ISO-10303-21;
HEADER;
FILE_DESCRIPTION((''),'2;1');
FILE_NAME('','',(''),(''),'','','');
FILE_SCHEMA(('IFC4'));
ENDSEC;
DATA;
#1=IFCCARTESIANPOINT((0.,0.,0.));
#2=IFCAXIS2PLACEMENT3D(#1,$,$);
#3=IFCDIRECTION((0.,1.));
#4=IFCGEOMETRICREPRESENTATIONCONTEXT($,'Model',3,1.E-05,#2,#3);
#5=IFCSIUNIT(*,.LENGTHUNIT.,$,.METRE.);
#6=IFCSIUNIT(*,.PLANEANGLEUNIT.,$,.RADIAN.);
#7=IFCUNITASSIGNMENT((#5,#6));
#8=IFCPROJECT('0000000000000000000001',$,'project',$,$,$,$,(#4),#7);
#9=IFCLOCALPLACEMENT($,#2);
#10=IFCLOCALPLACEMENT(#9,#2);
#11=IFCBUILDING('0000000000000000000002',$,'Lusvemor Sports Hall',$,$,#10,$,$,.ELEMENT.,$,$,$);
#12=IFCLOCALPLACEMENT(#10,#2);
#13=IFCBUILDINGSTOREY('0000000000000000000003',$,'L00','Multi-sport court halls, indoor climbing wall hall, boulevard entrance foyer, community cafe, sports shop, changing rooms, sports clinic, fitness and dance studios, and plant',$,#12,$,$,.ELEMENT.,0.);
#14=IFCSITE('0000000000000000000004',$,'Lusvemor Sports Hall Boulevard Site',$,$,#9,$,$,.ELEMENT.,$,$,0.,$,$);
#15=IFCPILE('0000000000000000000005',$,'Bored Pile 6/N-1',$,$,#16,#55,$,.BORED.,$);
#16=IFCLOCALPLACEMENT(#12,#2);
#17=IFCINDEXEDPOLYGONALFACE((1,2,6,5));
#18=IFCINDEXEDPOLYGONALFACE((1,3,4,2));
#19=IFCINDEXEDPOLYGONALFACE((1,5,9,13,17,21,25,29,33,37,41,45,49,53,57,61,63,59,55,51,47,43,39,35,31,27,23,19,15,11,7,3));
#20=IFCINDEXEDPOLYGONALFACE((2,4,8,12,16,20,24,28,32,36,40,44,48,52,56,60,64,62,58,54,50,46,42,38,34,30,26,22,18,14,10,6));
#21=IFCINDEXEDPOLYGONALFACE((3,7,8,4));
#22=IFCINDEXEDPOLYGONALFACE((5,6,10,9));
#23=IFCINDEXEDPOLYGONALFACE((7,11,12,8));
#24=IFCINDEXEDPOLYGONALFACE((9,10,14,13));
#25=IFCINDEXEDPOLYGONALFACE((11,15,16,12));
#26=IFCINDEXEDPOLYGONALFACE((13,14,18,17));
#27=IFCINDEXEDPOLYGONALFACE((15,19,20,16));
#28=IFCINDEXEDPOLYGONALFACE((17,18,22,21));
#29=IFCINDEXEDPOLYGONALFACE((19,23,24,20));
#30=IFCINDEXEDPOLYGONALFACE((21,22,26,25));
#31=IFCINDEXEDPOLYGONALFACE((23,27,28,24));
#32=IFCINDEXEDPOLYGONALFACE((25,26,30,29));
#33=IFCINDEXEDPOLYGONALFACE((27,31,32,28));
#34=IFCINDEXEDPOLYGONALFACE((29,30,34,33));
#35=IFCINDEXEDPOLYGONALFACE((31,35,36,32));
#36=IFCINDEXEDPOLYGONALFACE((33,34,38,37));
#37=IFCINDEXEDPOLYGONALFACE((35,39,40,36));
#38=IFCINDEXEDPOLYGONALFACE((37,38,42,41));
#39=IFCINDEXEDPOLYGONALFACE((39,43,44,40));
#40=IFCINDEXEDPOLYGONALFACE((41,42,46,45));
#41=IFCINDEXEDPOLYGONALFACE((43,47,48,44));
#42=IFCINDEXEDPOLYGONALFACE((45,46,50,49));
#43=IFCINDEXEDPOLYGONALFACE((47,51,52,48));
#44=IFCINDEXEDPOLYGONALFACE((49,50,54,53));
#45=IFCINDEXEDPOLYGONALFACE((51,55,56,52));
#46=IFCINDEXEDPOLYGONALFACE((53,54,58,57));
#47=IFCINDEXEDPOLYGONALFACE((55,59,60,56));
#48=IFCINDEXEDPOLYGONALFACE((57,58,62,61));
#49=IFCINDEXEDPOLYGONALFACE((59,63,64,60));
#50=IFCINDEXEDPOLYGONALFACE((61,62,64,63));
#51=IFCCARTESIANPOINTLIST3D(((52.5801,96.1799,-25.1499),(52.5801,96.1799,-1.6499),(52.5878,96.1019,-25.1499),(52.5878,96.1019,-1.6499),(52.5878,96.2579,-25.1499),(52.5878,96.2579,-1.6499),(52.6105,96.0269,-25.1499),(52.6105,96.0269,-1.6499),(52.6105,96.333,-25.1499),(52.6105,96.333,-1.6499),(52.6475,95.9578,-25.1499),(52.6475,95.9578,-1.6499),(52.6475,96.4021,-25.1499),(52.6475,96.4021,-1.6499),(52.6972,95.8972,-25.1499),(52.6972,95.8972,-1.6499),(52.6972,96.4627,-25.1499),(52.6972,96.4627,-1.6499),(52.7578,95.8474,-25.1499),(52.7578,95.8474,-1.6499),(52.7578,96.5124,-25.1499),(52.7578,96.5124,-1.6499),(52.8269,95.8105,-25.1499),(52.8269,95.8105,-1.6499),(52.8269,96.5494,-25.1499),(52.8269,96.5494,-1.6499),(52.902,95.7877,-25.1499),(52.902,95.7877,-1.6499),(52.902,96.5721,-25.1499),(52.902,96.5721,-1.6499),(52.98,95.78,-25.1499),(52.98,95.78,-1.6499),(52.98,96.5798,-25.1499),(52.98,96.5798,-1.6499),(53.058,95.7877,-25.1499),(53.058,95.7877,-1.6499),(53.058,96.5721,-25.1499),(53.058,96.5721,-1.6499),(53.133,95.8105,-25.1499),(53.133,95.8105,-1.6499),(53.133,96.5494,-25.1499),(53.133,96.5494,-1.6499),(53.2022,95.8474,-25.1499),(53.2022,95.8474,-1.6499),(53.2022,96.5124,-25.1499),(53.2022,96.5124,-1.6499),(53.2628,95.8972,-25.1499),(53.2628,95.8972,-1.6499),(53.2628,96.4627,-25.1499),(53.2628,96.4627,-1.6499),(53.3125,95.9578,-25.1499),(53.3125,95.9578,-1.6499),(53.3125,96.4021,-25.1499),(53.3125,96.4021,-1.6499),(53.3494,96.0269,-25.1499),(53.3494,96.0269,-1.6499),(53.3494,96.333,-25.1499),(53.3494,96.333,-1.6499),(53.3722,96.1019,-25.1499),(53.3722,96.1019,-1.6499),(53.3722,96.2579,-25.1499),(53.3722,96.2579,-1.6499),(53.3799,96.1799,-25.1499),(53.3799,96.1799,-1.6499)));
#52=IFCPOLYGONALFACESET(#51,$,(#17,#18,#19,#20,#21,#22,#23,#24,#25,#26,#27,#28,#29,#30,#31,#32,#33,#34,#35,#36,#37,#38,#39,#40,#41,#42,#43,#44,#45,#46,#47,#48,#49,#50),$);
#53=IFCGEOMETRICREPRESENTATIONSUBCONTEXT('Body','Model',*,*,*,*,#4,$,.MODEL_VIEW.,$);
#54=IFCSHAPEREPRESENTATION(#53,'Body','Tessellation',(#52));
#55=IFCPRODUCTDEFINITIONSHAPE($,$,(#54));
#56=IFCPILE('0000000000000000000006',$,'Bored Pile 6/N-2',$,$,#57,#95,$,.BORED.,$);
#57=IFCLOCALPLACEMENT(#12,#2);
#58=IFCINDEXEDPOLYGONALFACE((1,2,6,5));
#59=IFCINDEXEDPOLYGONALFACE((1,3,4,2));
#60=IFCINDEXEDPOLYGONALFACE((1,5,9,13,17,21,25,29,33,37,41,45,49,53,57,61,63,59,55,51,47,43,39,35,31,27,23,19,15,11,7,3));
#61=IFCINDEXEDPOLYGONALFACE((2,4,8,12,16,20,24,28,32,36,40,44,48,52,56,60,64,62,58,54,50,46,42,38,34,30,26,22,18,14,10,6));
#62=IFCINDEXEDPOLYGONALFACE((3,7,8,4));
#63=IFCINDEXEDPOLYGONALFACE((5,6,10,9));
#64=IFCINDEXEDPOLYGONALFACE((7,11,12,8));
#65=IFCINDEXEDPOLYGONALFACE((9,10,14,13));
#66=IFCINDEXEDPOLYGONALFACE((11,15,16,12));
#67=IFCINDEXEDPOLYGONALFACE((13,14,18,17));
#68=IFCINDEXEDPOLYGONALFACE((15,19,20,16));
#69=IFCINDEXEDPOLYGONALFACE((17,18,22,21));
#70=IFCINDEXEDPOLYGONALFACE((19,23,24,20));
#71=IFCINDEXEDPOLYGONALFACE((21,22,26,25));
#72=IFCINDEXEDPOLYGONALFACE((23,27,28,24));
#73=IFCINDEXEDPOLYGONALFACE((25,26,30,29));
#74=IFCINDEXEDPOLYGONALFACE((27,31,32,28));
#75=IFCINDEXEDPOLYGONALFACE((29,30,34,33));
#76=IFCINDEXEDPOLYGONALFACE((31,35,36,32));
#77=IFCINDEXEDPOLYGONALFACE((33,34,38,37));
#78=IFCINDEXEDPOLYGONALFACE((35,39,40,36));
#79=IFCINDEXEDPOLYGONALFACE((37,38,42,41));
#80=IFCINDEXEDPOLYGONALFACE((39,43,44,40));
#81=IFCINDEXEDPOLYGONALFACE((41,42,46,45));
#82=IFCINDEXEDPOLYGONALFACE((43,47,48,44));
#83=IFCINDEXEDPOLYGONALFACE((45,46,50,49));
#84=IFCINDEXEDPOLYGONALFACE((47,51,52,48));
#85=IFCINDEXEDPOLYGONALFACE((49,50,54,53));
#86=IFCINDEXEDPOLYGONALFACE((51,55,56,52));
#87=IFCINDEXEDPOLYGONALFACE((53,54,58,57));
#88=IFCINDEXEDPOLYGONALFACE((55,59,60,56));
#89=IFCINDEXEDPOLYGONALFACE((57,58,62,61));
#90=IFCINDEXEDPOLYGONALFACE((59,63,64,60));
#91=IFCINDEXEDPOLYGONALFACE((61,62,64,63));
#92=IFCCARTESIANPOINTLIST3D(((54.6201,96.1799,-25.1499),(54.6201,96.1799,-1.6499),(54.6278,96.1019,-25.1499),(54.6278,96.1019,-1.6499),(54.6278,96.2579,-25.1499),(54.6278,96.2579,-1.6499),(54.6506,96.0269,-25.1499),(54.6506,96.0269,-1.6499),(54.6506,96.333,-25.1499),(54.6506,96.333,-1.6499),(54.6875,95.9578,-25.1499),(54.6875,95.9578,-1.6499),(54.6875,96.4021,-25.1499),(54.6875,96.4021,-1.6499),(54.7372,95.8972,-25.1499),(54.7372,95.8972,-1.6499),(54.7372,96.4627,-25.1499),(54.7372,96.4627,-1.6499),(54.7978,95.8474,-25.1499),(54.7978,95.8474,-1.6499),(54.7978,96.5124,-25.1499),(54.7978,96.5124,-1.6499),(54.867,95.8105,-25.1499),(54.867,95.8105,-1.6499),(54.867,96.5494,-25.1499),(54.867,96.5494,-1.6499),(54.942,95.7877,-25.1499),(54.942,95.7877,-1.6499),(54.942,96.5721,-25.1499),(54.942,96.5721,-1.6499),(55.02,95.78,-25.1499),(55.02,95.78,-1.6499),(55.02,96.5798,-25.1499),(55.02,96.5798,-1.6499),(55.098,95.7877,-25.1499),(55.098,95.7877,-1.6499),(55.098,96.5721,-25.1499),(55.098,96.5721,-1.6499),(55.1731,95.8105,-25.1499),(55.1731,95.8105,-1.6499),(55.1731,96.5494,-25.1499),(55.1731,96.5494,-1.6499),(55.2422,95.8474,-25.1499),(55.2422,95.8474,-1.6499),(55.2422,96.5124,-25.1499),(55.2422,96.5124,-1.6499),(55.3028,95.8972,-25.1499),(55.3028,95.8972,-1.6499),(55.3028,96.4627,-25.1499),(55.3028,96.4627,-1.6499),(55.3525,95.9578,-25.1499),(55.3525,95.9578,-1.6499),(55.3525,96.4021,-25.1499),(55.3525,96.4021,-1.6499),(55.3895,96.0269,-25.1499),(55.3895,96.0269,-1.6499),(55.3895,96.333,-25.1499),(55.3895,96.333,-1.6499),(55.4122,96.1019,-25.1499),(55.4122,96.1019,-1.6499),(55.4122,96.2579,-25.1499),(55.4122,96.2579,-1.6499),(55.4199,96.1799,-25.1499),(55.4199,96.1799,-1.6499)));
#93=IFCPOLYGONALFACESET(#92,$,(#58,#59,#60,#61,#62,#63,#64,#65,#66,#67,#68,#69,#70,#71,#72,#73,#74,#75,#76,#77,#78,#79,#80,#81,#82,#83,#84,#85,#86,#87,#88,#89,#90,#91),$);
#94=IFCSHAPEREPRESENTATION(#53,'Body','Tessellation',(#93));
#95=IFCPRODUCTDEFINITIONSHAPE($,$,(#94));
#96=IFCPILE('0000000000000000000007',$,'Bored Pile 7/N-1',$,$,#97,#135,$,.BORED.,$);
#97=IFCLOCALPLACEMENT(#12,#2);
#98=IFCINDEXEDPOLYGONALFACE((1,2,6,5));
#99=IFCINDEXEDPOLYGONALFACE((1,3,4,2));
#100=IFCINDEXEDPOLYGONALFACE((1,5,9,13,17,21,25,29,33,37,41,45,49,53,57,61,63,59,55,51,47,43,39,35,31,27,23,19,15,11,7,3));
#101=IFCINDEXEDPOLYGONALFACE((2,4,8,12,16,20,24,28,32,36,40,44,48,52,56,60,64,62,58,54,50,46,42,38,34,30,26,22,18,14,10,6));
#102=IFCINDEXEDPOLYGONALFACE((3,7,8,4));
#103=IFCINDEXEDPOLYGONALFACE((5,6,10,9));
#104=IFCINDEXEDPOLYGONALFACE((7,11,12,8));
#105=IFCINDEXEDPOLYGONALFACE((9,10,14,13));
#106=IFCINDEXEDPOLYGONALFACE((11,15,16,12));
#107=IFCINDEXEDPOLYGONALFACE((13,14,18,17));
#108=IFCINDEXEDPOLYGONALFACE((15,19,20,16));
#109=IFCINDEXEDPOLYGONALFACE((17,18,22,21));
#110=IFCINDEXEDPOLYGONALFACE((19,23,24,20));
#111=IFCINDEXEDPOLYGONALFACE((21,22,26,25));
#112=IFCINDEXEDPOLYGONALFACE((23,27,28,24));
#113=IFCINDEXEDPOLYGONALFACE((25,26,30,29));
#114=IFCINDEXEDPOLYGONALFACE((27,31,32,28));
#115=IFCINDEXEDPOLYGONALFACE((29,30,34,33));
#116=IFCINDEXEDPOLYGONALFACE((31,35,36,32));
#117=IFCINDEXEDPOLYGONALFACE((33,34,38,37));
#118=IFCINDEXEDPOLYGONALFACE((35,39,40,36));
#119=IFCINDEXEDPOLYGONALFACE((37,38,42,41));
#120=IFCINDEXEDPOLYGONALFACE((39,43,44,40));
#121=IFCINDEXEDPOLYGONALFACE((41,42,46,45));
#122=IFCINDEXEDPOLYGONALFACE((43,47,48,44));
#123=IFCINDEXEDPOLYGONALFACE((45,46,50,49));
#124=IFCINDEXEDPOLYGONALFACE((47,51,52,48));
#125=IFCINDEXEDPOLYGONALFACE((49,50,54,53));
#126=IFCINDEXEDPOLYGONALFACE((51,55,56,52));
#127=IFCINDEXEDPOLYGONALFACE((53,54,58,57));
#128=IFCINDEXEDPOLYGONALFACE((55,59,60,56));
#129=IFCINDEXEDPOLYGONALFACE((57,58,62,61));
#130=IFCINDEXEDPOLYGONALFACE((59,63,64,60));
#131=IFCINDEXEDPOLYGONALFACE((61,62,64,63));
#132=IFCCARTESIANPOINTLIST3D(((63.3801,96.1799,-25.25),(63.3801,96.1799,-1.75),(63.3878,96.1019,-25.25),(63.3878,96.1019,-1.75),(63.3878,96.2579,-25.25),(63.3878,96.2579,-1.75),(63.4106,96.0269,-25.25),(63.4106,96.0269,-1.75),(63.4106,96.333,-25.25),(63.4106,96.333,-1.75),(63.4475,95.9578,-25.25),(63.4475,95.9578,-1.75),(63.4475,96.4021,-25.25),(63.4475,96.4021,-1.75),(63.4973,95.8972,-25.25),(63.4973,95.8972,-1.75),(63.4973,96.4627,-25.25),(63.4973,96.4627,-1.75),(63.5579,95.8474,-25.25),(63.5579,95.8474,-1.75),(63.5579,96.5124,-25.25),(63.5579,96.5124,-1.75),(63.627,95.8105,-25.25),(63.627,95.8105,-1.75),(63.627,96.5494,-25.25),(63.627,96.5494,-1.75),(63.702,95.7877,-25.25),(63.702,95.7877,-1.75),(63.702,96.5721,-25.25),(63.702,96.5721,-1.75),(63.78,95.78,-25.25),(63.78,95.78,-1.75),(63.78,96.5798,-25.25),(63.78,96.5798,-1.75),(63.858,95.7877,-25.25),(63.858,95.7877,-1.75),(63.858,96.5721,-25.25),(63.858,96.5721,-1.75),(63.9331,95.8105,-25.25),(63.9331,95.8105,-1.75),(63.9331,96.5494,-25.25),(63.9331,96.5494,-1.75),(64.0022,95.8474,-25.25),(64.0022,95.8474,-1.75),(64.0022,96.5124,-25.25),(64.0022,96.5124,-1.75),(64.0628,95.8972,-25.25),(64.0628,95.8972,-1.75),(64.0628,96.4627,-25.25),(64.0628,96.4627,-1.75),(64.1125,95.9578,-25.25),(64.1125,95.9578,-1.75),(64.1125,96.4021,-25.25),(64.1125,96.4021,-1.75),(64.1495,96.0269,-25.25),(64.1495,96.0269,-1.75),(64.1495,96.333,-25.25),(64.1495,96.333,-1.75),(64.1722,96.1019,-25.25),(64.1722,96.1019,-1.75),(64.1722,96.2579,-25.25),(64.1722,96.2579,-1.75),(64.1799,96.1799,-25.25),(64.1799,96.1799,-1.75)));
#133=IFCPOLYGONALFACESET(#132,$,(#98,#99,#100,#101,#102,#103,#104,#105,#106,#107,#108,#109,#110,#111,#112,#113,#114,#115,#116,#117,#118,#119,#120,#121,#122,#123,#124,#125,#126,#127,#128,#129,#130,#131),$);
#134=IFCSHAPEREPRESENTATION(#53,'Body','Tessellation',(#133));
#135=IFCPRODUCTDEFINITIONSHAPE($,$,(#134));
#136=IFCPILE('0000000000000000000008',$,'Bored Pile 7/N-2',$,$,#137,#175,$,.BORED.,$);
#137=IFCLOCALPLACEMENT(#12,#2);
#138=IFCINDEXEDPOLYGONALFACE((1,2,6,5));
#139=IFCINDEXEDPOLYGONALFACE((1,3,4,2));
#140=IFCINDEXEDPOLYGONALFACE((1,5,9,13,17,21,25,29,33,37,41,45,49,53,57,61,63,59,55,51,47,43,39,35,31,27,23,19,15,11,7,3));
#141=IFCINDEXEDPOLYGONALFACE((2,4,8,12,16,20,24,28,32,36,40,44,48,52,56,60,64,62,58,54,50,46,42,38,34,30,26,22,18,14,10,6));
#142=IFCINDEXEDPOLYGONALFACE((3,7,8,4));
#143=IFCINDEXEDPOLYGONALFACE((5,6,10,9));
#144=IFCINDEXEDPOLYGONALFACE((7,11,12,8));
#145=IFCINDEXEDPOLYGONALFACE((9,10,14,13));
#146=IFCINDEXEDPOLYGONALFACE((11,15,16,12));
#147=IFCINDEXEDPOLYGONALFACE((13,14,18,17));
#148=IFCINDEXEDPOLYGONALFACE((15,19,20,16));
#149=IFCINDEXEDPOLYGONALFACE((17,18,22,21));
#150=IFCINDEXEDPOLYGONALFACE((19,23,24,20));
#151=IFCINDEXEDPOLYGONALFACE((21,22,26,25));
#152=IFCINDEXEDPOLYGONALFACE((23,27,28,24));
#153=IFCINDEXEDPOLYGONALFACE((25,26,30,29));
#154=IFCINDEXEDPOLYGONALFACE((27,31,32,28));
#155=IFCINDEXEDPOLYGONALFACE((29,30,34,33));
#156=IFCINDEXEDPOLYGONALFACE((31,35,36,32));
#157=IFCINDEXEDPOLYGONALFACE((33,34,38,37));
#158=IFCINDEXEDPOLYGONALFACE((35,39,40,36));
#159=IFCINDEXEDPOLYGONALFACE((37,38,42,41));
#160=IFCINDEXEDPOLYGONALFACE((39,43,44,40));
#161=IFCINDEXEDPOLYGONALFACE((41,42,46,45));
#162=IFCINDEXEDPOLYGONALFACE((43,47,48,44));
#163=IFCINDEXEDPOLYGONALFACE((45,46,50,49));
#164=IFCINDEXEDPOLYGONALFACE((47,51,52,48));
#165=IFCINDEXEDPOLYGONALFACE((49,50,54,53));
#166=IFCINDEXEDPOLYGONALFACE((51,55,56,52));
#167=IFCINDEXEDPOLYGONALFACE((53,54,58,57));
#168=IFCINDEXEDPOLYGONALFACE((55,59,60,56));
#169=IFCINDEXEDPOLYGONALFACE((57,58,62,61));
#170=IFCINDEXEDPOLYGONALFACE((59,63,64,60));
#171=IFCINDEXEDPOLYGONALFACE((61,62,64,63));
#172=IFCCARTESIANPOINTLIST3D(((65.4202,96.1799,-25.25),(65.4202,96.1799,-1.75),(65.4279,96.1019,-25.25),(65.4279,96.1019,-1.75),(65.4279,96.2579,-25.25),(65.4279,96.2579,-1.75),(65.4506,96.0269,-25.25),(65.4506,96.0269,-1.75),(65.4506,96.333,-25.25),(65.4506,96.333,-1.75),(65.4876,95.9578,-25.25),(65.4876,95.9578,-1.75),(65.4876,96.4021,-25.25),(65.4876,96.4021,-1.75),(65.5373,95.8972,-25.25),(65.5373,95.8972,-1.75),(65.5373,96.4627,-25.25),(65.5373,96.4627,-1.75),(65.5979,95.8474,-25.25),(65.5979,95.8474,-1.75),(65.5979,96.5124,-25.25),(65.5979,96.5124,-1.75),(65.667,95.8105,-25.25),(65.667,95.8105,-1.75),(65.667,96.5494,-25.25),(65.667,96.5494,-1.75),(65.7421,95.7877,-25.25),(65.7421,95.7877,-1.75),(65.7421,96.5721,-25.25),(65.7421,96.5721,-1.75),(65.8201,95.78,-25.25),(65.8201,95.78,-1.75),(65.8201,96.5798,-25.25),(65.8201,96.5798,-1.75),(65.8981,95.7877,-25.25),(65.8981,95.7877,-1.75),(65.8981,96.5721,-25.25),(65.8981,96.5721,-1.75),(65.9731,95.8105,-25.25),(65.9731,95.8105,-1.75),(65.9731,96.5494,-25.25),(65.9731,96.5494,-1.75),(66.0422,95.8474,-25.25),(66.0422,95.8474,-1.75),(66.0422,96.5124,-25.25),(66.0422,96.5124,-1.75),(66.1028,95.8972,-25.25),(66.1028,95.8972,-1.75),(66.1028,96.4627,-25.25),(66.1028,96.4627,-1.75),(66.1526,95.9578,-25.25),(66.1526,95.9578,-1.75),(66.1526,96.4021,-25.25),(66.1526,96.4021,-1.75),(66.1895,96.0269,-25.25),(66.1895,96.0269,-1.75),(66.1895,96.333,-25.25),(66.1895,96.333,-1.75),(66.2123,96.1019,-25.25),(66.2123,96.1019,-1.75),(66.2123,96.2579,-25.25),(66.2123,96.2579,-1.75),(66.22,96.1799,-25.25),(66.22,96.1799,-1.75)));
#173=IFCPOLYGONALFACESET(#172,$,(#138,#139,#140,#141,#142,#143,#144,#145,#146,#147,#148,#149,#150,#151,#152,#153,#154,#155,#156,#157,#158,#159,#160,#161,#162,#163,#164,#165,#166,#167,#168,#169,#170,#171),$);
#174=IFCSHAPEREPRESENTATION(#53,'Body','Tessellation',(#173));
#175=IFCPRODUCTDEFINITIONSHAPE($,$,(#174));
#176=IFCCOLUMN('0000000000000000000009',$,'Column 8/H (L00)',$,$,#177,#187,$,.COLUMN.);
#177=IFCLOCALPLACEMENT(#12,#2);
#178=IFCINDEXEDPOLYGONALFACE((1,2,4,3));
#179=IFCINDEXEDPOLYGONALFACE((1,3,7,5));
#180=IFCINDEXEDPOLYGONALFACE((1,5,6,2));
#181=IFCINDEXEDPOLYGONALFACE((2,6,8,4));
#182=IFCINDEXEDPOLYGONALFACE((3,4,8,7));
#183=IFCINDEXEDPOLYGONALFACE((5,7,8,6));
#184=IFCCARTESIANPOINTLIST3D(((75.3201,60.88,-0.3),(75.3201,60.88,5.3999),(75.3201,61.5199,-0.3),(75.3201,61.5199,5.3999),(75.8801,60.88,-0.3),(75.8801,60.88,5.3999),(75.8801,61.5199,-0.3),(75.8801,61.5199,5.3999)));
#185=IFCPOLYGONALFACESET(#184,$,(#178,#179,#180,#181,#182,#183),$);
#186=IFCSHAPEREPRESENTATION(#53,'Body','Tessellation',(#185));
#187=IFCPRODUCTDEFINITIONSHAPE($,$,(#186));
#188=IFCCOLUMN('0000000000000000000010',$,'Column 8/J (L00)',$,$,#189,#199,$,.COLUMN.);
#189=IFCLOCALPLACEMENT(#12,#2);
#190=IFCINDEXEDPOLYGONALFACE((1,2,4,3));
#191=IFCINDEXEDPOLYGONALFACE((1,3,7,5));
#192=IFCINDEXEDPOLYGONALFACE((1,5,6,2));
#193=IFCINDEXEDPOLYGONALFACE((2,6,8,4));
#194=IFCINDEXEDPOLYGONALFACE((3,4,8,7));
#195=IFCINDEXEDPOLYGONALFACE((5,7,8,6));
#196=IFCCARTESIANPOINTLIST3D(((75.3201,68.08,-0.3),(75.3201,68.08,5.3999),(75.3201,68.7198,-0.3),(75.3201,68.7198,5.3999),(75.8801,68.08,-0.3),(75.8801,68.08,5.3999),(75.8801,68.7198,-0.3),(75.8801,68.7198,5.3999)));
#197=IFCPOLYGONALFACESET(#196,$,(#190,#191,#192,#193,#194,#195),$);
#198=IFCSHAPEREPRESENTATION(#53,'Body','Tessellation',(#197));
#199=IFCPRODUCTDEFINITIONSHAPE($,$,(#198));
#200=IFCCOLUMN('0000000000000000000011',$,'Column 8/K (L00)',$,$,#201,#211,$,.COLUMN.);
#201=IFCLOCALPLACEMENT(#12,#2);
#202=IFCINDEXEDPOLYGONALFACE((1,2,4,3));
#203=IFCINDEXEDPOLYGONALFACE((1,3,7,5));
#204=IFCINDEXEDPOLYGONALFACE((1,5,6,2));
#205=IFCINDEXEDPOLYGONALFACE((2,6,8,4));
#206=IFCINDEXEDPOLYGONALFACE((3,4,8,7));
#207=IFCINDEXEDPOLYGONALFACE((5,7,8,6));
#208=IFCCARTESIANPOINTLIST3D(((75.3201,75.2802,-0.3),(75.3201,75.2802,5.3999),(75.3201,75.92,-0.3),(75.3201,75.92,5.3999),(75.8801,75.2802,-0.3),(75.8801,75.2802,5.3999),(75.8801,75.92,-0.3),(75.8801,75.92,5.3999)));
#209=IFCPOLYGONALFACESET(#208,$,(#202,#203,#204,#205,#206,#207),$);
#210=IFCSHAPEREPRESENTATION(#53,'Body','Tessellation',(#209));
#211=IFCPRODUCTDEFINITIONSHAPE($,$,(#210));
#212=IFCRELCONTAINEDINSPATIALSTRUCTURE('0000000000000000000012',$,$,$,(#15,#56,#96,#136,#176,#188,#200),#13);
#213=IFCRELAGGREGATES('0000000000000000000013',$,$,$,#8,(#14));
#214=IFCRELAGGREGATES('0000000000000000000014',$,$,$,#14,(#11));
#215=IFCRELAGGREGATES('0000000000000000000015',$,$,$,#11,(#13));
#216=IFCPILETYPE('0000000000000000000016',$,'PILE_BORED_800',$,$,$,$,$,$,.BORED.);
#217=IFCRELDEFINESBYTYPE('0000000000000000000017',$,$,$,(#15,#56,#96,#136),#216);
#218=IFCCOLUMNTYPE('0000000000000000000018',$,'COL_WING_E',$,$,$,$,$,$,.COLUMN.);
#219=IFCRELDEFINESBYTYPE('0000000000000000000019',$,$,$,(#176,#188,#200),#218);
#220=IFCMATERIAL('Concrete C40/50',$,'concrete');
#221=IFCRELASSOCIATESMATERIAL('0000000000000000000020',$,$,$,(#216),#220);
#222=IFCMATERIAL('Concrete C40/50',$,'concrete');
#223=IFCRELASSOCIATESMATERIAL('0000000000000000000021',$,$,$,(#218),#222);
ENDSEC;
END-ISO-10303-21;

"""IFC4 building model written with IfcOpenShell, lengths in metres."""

from ifc_helpers import new_model, si_unit, direction, frame, origin, origin_2d, place, context, subcontext, project, spatial, rectangle, circle, extrude, material, material_profile, profile_set, type_object, element, save


model = new_model("IFC4")

# Units and contexts
model_context = context("Model", 3, precision=1e-05, world=origin(), true_north=direction((0.0, 1.0)))
body_context = subcontext(model_context, "Body", "Model", "MODEL_VIEW")
ifc_project = project(units=[si_unit("LENGTHUNIT", "METRE"), si_unit("PLANEANGLEUNIT", "RADIAN")], contexts=[model_context])

# Site, building, storey
site_placement = place(None, origin())
site = spatial("IfcSite", under=ifc_project, at=site_placement, Name="Lusvemor Sports Hall Boulevard Site", CompositionType="ELEMENT", RefElevation=0.0)
building_placement = place(site_placement, origin())
building = spatial("IfcBuilding", under=site, at=building_placement, Name="Lusvemor Sports Hall", CompositionType="ELEMENT")
storey_placement = place(building_placement, origin())
storey = spatial("IfcBuildingStorey", under=building, at=storey_placement, Name="L00", Description="Multi-sport court halls, indoor climbing wall hall, boulevard entrance foyer, community cafe, sports shop, changing rooms, sports clinic, fitness and dance studios, and plant", CompositionType="ELEMENT", Elevation=0.0)

# Piles
ifc_material_1 = material(Name="Concrete C40/50", Category="concrete")
ifc_material_profile_1 = material_profile(ifc_material_1, circle(Radius=0.3999, at=origin_2d()), Name="PILE800")
ifc_profile_set_1 = profile_set([ifc_material_profile_1], Name="Concrete C40/50")
pile_type_1 = type_object("IfcPileType", Name="PILE_BORED_800", PredefinedType="BORED", material=ifc_profile_set_1)
for number, where, z_axis, x_axis, name in (
    (1, (52.98, 96.1799, -1.6499), (0.0, 0.0, -1.0), (1.0, 0.0, 0.0), "Bored Pile 6/N-1"),
    (2, (55.02, 96.1799, -1.6499), (0.0, 0.0, -1.0), (1.0, 0.0, 0.0), "Bored Pile 6/N-2"),
    (3, (63.78, 96.1799, -1.75), (0.0, 0.0, -1.0), (1.0, 0.0, 0.0), "Bored Pile 7/N-1"),
    (4, (65.8201, 96.1799, -1.75), (0.0, 0.0, -1.0), (1.0, 0.0, 0.0), "Bored Pile 7/N-2"),
):
    element("IfcPile", number, at=place(storey_placement, frame(where, z_axis=z_axis, x_axis=x_axis)), inside=storey, type_object=pile_type_1, Name=name, PredefinedType="BORED", context=body_context, shape_type="SweptSolid", body=[
        extrude(circle(Radius=0.3999, at=origin_2d()), origin(), (0.0, 0.0, 1.0), 23.5),
    ])

# Columns
ifc_material_2 = material(Name="Concrete C40/50", Category="concrete")
ifc_material_profile_2 = material_profile(ifc_material_2, rectangle(XDim=0.5601, YDim=0.6399, at=origin_2d()), Name="RC560x640")
ifc_profile_set_2 = profile_set([ifc_material_profile_2], Name="Concrete C40/50")
column_type = type_object("IfcColumnType", Name="COL_WING_E", PredefinedType="COLUMN", material=ifc_profile_set_2)
for number, where, z_axis, x_axis, name in (
    (5, (75.6001, 61.2, -0.3), (0.0, 0.0, 1.0), (1.0, 0.0, 0.0), "Column 8/H (L00)"),
    (6, (75.6001, 68.3999, -0.3), (0.0, 0.0, 1.0), (1.0, 0.0, 0.0), "Column 8/J (L00)"),
    (7, (75.6001, 75.6001, -0.3), (0.0, 0.0, 1.0), (1.0, 0.0, 0.0), "Column 8/K (L00)"),
):
    element("IfcColumn", number, at=place(storey_placement, frame(where, z_axis=z_axis, x_axis=x_axis)), inside=storey, type_object=column_type, Name=name, PredefinedType="COLUMN", context=body_context, shape_type="SweptSolid", body=[
        extrude(rectangle(XDim=0.5601, YDim=0.6399, at=origin_2d()), origin(), (0.0, 0.0, 1.0), 5.7),
    ])

save(model, "model.ifc")
